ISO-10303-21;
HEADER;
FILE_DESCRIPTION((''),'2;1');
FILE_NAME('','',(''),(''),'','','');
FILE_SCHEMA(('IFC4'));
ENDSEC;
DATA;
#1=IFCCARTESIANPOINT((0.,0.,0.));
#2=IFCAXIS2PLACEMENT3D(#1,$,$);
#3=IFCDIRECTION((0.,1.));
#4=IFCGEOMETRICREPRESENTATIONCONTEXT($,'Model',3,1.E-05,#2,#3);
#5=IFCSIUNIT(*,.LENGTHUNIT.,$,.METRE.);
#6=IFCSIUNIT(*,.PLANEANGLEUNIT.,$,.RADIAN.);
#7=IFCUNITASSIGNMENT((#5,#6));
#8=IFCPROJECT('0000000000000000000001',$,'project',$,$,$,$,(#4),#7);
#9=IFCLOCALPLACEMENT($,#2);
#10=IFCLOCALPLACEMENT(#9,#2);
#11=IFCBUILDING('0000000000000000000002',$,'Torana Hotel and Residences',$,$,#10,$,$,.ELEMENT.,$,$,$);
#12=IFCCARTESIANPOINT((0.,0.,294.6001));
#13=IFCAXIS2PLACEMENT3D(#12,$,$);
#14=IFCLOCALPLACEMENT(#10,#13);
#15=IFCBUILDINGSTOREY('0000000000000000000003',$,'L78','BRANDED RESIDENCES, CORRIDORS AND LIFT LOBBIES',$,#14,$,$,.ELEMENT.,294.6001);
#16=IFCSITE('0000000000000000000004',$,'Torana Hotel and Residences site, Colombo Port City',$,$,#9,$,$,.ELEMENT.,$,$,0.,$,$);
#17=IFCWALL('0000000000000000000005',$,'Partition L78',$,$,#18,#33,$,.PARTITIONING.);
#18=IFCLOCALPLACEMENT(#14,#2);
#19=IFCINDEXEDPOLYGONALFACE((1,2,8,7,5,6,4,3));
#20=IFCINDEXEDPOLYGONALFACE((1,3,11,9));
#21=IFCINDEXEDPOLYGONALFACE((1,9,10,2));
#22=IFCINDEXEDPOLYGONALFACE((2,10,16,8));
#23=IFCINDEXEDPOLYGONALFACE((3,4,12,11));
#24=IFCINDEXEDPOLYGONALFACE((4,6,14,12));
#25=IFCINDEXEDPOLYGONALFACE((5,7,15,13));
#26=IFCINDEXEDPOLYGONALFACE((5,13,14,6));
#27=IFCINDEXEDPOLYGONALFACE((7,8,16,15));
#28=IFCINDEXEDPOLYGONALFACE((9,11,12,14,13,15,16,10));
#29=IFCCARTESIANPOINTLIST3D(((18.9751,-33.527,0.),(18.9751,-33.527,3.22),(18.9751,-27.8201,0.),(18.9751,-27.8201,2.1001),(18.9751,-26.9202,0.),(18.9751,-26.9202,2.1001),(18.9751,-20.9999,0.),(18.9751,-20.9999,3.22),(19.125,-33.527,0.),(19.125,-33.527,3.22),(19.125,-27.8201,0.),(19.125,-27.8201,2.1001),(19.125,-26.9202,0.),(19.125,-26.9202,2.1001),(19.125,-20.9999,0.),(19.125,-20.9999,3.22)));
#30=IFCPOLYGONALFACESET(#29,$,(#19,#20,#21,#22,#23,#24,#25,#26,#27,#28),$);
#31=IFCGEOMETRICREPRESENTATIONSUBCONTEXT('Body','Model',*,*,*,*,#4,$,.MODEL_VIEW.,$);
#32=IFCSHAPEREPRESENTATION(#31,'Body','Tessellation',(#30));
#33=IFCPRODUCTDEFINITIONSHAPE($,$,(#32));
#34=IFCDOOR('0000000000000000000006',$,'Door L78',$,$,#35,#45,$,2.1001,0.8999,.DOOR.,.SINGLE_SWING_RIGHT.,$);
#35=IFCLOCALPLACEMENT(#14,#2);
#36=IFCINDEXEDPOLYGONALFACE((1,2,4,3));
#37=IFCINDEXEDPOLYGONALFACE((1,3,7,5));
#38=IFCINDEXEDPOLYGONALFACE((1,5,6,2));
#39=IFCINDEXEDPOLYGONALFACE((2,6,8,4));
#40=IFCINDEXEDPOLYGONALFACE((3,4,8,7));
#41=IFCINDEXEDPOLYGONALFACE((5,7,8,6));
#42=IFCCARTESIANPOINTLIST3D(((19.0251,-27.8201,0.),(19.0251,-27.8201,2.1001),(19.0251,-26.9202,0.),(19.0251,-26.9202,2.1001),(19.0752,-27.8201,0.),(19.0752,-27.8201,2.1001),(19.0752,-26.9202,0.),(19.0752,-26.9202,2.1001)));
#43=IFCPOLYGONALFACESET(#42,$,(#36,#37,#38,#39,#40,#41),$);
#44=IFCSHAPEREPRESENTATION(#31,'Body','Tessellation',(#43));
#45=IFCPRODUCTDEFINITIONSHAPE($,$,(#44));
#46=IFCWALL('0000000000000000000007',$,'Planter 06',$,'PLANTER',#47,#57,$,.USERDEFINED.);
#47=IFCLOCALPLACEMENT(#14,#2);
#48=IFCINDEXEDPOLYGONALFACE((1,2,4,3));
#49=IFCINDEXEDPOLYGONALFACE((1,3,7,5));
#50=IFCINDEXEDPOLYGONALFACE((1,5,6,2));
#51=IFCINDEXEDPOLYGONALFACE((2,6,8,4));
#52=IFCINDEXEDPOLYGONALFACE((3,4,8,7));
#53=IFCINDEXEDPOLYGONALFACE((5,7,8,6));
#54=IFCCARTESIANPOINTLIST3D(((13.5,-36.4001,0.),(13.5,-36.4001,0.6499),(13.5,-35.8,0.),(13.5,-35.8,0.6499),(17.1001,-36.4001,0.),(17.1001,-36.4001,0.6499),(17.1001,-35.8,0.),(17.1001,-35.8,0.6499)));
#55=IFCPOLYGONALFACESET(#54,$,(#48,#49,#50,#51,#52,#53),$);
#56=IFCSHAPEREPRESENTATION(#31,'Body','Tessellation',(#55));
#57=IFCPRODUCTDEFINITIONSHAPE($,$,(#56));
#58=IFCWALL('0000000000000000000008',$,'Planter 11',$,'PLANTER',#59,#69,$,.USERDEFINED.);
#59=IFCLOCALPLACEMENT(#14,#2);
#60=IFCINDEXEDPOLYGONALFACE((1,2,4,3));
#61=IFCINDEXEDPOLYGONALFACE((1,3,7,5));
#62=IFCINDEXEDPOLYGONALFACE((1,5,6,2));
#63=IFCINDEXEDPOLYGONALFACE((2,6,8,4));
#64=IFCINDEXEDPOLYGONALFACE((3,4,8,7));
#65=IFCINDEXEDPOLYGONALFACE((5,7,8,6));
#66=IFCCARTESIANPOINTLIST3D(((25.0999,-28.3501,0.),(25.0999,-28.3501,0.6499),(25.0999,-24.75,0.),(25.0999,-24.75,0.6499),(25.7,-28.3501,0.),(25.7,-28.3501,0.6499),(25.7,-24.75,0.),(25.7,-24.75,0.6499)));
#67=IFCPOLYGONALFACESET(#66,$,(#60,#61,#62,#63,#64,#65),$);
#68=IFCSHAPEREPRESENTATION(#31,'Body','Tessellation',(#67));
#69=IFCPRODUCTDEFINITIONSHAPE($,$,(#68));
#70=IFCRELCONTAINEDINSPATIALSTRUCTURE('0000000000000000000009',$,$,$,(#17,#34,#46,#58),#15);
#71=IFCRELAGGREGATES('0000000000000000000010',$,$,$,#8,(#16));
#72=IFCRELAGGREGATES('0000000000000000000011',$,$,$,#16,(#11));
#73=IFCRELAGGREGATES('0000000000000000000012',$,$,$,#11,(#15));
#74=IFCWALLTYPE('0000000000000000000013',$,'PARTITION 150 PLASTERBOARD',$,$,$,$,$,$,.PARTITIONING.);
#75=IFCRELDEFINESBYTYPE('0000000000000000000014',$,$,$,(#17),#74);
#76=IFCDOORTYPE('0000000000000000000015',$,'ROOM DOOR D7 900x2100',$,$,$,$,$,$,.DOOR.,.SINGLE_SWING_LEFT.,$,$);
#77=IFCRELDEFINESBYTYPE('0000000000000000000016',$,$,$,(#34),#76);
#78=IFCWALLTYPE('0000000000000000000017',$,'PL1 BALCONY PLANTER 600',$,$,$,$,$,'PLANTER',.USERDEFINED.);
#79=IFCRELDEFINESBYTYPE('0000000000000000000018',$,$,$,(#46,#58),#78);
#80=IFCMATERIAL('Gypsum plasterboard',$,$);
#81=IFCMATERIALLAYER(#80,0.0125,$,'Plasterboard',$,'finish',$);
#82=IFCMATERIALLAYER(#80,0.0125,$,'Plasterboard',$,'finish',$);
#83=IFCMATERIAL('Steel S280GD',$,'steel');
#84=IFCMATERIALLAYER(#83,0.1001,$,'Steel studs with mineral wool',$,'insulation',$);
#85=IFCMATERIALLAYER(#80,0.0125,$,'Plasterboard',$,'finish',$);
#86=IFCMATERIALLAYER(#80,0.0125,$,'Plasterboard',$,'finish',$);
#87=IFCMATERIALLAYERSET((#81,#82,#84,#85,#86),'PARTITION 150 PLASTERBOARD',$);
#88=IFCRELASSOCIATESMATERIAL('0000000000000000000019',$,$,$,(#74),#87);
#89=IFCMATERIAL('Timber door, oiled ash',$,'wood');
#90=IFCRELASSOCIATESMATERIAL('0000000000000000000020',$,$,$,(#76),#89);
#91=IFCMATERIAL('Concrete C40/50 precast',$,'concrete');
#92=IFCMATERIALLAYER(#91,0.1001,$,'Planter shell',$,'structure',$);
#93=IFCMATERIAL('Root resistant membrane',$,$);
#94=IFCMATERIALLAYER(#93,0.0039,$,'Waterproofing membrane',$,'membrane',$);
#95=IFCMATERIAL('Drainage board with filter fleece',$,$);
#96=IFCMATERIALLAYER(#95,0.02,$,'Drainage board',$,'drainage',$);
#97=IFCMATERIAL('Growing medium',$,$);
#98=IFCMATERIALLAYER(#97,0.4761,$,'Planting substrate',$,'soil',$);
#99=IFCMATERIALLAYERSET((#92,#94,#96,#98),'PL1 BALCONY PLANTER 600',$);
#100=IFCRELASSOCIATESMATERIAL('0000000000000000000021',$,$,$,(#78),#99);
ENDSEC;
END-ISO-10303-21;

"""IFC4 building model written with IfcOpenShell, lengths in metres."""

from ifc_helpers import new_model, si_unit, direction, frame, frame_2d, origin, place, context, subcontext, project, spatial, rectangle, extrude, material, layer, layer_set, type_object, element, fill, save


model = new_model("IFC4")

# Units and contexts
model_context = context("Model", 3, precision=1e-05, world=origin(), true_north=direction((0.0, 1.0)))
body_context = subcontext(model_context, "Body", "Model", "MODEL_VIEW")
ifc_project = project(units=[si_unit("LENGTHUNIT", "METRE"), si_unit("PLANEANGLEUNIT", "RADIAN")], contexts=[model_context])

# Site, building, storey
site_placement = place(None, origin())
site = spatial("IfcSite", under=ifc_project, at=site_placement, Name="Torana Hotel and Residences site, Colombo Port City", CompositionType="ELEMENT", RefElevation=0.0)
building_placement = place(site_placement, origin())
building = spatial("IfcBuilding", under=site, at=building_placement, Name="Torana Hotel and Residences", CompositionType="ELEMENT")
storey_placement = place(building_placement, frame((0.0, 0.0, 294.6001)))
storey = spatial("IfcBuildingStorey", under=building, at=storey_placement, Name="L78", Description="BRANDED RESIDENCES, CORRIDORS AND LIFT LOBBIES", CompositionType="ELEMENT", Elevation=294.6001)

# Shared definitions
ifc_material_1 = material(Name="Steel S280GD", Category="steel")

# Wall, opening, door
ifc_material_2 = material(Name="Gypsum plasterboard")
ifc_layer_1 = layer(ifc_material_2, 0.0125, Name="Plasterboard", Category="finish")
ifc_layer_2 = layer(ifc_material_2, 0.0125, Name="Plasterboard", Category="finish")
ifc_layer_3 = layer(ifc_material_1, 0.1001, Name="Steel studs with mineral wool", Category="insulation")
ifc_layer_4 = layer(ifc_material_2, 0.0125, Name="Plasterboard", Category="finish")
ifc_layer_5 = layer(ifc_material_2, 0.0125, Name="Plasterboard", Category="finish")
ifc_layer_set_1 = layer_set([ifc_layer_1, ifc_layer_2, ifc_layer_3, ifc_layer_4, ifc_layer_5], Name="PARTITION 150 PLASTERBOARD")
wall_type_1 = type_object("IfcWallType", Name="PARTITION 150 PLASTERBOARD", PredefinedType="PARTITIONING", material=ifc_layer_set_1)
ifc_material_3 = material(Name="Timber door, oiled ash", Category="wood")
door_type_1 = type_object("IfcDoorType", Name="ROOM DOOR D7 900x2100", OperationType="SINGLE_SWING_LEFT", PredefinedType="DOOR", material=ifc_material_3)
wall_1_placement = place(storey_placement, frame((19.05, -33.5271, 0.0), z_axis=(0.0, 0.0, 1.0), x_axis=(0.0, 1.0, 0.0)))
wall_1 = element("IfcWall", 1, at=wall_1_placement, inside=storey, type_object=wall_type_1, Name="Partition L78", PredefinedType="PARTITIONING", context=body_context, shape_type="SweptSolid", body=[
    extrude(rectangle(XDim=12.5271, YDim=0.1499, at=frame_2d((6.2637, 0.0))), origin(), (0.0, 0.0, 1.0), 3.22),
])
opening_1_placement = place(wall_1_placement, frame((5.707, 0.0, 0.0)))
opening_1 = element("IfcOpeningElement", 2, at=opening_1_placement, cuts=wall_1, PredefinedType="OPENING", context=body_context, shape_type="SweptSolid", body=[
    extrude(rectangle(XDim=0.8999, YDim=2.1001, at=frame_2d((0.45, 1.05))), frame((0.0, 0.085, 0.0), z_axis=(0.0, -1.0, 0.0), x_axis=(1.0, 0.0, 0.0)), (0.0, 0.0, 1.0), 0.1699),
])
door_1_placement = place(opening_1_placement, origin())
door_1 = element("IfcDoor", 3, at=door_1_placement, inside=storey, type_object=door_type_1, Name="Door L78", OperationType="SINGLE_SWING_RIGHT", OverallHeight=2.1001, OverallWidth=0.8999, PredefinedType="DOOR", context=body_context, shape_type="SweptSolid", body=[
    extrude(rectangle(XDim=0.8999, YDim=2.1001, at=frame_2d((0.45, 1.05))), frame((0.0, 0.0249, 0.0), z_axis=(0.0, -1.0, 0.0), x_axis=(1.0, 0.0, 0.0)), (0.0, 0.0, 1.0), 0.05),
])
fill(opening_1, door_1)

# Walls
ifc_material_4 = material(Name="Concrete C40/50 precast", Category="concrete")
ifc_layer_6 = layer(ifc_material_4, 0.1001, Name="Planter shell", Category="structure")
ifc_material_5 = material(Name="Root resistant membrane")
ifc_layer_7 = layer(ifc_material_5, 0.0039, Name="Waterproofing membrane", Category="membrane")
ifc_material_6 = material(Name="Drainage board with filter fleece")
ifc_layer_8 = layer(ifc_material_6, 0.02, Name="Drainage board", Category="drainage")
ifc_material_7 = material(Name="Growing medium")
ifc_layer_9 = layer(ifc_material_7, 0.4761, Name="Planting substrate", Category="soil")
ifc_layer_set_2 = layer_set([ifc_layer_6, ifc_layer_7, ifc_layer_8, ifc_layer_9], Name="PL1 BALCONY PLANTER 600")
wall_type_2 = type_object("IfcWallType", Name="PL1 BALCONY PLANTER 600", ElementType="PLANTER", PredefinedType="USERDEFINED", material=ifc_layer_set_2)
for number, where, z_axis, x_axis, name in (
    (4, (17.1001, -36.1001, 0.0), (0.0, 0.0, 1.0), (-1.0, 0.0, 0.0), "Planter 06"),
    (5, (25.3999, -24.75, 0.0), (0.0, 0.0, 1.0), (0.0, -1.0, 0.0), "Planter 11"),
):
    element("IfcWall", number, at=place(storey_placement, frame(where, z_axis=z_axis, x_axis=x_axis)), inside=storey, type_object=wall_type_2, Name=name, ObjectType="PLANTER", PredefinedType="USERDEFINED", context=body_context, shape_type="SweptSolid", body=[
        extrude(rectangle(XDim=3.6001, YDim=0.6001, at=frame_2d((1.8, 0.0))), origin(), (0.0, 0.0, 1.0), 0.6499),
    ])

save(model, "model.ifc")
